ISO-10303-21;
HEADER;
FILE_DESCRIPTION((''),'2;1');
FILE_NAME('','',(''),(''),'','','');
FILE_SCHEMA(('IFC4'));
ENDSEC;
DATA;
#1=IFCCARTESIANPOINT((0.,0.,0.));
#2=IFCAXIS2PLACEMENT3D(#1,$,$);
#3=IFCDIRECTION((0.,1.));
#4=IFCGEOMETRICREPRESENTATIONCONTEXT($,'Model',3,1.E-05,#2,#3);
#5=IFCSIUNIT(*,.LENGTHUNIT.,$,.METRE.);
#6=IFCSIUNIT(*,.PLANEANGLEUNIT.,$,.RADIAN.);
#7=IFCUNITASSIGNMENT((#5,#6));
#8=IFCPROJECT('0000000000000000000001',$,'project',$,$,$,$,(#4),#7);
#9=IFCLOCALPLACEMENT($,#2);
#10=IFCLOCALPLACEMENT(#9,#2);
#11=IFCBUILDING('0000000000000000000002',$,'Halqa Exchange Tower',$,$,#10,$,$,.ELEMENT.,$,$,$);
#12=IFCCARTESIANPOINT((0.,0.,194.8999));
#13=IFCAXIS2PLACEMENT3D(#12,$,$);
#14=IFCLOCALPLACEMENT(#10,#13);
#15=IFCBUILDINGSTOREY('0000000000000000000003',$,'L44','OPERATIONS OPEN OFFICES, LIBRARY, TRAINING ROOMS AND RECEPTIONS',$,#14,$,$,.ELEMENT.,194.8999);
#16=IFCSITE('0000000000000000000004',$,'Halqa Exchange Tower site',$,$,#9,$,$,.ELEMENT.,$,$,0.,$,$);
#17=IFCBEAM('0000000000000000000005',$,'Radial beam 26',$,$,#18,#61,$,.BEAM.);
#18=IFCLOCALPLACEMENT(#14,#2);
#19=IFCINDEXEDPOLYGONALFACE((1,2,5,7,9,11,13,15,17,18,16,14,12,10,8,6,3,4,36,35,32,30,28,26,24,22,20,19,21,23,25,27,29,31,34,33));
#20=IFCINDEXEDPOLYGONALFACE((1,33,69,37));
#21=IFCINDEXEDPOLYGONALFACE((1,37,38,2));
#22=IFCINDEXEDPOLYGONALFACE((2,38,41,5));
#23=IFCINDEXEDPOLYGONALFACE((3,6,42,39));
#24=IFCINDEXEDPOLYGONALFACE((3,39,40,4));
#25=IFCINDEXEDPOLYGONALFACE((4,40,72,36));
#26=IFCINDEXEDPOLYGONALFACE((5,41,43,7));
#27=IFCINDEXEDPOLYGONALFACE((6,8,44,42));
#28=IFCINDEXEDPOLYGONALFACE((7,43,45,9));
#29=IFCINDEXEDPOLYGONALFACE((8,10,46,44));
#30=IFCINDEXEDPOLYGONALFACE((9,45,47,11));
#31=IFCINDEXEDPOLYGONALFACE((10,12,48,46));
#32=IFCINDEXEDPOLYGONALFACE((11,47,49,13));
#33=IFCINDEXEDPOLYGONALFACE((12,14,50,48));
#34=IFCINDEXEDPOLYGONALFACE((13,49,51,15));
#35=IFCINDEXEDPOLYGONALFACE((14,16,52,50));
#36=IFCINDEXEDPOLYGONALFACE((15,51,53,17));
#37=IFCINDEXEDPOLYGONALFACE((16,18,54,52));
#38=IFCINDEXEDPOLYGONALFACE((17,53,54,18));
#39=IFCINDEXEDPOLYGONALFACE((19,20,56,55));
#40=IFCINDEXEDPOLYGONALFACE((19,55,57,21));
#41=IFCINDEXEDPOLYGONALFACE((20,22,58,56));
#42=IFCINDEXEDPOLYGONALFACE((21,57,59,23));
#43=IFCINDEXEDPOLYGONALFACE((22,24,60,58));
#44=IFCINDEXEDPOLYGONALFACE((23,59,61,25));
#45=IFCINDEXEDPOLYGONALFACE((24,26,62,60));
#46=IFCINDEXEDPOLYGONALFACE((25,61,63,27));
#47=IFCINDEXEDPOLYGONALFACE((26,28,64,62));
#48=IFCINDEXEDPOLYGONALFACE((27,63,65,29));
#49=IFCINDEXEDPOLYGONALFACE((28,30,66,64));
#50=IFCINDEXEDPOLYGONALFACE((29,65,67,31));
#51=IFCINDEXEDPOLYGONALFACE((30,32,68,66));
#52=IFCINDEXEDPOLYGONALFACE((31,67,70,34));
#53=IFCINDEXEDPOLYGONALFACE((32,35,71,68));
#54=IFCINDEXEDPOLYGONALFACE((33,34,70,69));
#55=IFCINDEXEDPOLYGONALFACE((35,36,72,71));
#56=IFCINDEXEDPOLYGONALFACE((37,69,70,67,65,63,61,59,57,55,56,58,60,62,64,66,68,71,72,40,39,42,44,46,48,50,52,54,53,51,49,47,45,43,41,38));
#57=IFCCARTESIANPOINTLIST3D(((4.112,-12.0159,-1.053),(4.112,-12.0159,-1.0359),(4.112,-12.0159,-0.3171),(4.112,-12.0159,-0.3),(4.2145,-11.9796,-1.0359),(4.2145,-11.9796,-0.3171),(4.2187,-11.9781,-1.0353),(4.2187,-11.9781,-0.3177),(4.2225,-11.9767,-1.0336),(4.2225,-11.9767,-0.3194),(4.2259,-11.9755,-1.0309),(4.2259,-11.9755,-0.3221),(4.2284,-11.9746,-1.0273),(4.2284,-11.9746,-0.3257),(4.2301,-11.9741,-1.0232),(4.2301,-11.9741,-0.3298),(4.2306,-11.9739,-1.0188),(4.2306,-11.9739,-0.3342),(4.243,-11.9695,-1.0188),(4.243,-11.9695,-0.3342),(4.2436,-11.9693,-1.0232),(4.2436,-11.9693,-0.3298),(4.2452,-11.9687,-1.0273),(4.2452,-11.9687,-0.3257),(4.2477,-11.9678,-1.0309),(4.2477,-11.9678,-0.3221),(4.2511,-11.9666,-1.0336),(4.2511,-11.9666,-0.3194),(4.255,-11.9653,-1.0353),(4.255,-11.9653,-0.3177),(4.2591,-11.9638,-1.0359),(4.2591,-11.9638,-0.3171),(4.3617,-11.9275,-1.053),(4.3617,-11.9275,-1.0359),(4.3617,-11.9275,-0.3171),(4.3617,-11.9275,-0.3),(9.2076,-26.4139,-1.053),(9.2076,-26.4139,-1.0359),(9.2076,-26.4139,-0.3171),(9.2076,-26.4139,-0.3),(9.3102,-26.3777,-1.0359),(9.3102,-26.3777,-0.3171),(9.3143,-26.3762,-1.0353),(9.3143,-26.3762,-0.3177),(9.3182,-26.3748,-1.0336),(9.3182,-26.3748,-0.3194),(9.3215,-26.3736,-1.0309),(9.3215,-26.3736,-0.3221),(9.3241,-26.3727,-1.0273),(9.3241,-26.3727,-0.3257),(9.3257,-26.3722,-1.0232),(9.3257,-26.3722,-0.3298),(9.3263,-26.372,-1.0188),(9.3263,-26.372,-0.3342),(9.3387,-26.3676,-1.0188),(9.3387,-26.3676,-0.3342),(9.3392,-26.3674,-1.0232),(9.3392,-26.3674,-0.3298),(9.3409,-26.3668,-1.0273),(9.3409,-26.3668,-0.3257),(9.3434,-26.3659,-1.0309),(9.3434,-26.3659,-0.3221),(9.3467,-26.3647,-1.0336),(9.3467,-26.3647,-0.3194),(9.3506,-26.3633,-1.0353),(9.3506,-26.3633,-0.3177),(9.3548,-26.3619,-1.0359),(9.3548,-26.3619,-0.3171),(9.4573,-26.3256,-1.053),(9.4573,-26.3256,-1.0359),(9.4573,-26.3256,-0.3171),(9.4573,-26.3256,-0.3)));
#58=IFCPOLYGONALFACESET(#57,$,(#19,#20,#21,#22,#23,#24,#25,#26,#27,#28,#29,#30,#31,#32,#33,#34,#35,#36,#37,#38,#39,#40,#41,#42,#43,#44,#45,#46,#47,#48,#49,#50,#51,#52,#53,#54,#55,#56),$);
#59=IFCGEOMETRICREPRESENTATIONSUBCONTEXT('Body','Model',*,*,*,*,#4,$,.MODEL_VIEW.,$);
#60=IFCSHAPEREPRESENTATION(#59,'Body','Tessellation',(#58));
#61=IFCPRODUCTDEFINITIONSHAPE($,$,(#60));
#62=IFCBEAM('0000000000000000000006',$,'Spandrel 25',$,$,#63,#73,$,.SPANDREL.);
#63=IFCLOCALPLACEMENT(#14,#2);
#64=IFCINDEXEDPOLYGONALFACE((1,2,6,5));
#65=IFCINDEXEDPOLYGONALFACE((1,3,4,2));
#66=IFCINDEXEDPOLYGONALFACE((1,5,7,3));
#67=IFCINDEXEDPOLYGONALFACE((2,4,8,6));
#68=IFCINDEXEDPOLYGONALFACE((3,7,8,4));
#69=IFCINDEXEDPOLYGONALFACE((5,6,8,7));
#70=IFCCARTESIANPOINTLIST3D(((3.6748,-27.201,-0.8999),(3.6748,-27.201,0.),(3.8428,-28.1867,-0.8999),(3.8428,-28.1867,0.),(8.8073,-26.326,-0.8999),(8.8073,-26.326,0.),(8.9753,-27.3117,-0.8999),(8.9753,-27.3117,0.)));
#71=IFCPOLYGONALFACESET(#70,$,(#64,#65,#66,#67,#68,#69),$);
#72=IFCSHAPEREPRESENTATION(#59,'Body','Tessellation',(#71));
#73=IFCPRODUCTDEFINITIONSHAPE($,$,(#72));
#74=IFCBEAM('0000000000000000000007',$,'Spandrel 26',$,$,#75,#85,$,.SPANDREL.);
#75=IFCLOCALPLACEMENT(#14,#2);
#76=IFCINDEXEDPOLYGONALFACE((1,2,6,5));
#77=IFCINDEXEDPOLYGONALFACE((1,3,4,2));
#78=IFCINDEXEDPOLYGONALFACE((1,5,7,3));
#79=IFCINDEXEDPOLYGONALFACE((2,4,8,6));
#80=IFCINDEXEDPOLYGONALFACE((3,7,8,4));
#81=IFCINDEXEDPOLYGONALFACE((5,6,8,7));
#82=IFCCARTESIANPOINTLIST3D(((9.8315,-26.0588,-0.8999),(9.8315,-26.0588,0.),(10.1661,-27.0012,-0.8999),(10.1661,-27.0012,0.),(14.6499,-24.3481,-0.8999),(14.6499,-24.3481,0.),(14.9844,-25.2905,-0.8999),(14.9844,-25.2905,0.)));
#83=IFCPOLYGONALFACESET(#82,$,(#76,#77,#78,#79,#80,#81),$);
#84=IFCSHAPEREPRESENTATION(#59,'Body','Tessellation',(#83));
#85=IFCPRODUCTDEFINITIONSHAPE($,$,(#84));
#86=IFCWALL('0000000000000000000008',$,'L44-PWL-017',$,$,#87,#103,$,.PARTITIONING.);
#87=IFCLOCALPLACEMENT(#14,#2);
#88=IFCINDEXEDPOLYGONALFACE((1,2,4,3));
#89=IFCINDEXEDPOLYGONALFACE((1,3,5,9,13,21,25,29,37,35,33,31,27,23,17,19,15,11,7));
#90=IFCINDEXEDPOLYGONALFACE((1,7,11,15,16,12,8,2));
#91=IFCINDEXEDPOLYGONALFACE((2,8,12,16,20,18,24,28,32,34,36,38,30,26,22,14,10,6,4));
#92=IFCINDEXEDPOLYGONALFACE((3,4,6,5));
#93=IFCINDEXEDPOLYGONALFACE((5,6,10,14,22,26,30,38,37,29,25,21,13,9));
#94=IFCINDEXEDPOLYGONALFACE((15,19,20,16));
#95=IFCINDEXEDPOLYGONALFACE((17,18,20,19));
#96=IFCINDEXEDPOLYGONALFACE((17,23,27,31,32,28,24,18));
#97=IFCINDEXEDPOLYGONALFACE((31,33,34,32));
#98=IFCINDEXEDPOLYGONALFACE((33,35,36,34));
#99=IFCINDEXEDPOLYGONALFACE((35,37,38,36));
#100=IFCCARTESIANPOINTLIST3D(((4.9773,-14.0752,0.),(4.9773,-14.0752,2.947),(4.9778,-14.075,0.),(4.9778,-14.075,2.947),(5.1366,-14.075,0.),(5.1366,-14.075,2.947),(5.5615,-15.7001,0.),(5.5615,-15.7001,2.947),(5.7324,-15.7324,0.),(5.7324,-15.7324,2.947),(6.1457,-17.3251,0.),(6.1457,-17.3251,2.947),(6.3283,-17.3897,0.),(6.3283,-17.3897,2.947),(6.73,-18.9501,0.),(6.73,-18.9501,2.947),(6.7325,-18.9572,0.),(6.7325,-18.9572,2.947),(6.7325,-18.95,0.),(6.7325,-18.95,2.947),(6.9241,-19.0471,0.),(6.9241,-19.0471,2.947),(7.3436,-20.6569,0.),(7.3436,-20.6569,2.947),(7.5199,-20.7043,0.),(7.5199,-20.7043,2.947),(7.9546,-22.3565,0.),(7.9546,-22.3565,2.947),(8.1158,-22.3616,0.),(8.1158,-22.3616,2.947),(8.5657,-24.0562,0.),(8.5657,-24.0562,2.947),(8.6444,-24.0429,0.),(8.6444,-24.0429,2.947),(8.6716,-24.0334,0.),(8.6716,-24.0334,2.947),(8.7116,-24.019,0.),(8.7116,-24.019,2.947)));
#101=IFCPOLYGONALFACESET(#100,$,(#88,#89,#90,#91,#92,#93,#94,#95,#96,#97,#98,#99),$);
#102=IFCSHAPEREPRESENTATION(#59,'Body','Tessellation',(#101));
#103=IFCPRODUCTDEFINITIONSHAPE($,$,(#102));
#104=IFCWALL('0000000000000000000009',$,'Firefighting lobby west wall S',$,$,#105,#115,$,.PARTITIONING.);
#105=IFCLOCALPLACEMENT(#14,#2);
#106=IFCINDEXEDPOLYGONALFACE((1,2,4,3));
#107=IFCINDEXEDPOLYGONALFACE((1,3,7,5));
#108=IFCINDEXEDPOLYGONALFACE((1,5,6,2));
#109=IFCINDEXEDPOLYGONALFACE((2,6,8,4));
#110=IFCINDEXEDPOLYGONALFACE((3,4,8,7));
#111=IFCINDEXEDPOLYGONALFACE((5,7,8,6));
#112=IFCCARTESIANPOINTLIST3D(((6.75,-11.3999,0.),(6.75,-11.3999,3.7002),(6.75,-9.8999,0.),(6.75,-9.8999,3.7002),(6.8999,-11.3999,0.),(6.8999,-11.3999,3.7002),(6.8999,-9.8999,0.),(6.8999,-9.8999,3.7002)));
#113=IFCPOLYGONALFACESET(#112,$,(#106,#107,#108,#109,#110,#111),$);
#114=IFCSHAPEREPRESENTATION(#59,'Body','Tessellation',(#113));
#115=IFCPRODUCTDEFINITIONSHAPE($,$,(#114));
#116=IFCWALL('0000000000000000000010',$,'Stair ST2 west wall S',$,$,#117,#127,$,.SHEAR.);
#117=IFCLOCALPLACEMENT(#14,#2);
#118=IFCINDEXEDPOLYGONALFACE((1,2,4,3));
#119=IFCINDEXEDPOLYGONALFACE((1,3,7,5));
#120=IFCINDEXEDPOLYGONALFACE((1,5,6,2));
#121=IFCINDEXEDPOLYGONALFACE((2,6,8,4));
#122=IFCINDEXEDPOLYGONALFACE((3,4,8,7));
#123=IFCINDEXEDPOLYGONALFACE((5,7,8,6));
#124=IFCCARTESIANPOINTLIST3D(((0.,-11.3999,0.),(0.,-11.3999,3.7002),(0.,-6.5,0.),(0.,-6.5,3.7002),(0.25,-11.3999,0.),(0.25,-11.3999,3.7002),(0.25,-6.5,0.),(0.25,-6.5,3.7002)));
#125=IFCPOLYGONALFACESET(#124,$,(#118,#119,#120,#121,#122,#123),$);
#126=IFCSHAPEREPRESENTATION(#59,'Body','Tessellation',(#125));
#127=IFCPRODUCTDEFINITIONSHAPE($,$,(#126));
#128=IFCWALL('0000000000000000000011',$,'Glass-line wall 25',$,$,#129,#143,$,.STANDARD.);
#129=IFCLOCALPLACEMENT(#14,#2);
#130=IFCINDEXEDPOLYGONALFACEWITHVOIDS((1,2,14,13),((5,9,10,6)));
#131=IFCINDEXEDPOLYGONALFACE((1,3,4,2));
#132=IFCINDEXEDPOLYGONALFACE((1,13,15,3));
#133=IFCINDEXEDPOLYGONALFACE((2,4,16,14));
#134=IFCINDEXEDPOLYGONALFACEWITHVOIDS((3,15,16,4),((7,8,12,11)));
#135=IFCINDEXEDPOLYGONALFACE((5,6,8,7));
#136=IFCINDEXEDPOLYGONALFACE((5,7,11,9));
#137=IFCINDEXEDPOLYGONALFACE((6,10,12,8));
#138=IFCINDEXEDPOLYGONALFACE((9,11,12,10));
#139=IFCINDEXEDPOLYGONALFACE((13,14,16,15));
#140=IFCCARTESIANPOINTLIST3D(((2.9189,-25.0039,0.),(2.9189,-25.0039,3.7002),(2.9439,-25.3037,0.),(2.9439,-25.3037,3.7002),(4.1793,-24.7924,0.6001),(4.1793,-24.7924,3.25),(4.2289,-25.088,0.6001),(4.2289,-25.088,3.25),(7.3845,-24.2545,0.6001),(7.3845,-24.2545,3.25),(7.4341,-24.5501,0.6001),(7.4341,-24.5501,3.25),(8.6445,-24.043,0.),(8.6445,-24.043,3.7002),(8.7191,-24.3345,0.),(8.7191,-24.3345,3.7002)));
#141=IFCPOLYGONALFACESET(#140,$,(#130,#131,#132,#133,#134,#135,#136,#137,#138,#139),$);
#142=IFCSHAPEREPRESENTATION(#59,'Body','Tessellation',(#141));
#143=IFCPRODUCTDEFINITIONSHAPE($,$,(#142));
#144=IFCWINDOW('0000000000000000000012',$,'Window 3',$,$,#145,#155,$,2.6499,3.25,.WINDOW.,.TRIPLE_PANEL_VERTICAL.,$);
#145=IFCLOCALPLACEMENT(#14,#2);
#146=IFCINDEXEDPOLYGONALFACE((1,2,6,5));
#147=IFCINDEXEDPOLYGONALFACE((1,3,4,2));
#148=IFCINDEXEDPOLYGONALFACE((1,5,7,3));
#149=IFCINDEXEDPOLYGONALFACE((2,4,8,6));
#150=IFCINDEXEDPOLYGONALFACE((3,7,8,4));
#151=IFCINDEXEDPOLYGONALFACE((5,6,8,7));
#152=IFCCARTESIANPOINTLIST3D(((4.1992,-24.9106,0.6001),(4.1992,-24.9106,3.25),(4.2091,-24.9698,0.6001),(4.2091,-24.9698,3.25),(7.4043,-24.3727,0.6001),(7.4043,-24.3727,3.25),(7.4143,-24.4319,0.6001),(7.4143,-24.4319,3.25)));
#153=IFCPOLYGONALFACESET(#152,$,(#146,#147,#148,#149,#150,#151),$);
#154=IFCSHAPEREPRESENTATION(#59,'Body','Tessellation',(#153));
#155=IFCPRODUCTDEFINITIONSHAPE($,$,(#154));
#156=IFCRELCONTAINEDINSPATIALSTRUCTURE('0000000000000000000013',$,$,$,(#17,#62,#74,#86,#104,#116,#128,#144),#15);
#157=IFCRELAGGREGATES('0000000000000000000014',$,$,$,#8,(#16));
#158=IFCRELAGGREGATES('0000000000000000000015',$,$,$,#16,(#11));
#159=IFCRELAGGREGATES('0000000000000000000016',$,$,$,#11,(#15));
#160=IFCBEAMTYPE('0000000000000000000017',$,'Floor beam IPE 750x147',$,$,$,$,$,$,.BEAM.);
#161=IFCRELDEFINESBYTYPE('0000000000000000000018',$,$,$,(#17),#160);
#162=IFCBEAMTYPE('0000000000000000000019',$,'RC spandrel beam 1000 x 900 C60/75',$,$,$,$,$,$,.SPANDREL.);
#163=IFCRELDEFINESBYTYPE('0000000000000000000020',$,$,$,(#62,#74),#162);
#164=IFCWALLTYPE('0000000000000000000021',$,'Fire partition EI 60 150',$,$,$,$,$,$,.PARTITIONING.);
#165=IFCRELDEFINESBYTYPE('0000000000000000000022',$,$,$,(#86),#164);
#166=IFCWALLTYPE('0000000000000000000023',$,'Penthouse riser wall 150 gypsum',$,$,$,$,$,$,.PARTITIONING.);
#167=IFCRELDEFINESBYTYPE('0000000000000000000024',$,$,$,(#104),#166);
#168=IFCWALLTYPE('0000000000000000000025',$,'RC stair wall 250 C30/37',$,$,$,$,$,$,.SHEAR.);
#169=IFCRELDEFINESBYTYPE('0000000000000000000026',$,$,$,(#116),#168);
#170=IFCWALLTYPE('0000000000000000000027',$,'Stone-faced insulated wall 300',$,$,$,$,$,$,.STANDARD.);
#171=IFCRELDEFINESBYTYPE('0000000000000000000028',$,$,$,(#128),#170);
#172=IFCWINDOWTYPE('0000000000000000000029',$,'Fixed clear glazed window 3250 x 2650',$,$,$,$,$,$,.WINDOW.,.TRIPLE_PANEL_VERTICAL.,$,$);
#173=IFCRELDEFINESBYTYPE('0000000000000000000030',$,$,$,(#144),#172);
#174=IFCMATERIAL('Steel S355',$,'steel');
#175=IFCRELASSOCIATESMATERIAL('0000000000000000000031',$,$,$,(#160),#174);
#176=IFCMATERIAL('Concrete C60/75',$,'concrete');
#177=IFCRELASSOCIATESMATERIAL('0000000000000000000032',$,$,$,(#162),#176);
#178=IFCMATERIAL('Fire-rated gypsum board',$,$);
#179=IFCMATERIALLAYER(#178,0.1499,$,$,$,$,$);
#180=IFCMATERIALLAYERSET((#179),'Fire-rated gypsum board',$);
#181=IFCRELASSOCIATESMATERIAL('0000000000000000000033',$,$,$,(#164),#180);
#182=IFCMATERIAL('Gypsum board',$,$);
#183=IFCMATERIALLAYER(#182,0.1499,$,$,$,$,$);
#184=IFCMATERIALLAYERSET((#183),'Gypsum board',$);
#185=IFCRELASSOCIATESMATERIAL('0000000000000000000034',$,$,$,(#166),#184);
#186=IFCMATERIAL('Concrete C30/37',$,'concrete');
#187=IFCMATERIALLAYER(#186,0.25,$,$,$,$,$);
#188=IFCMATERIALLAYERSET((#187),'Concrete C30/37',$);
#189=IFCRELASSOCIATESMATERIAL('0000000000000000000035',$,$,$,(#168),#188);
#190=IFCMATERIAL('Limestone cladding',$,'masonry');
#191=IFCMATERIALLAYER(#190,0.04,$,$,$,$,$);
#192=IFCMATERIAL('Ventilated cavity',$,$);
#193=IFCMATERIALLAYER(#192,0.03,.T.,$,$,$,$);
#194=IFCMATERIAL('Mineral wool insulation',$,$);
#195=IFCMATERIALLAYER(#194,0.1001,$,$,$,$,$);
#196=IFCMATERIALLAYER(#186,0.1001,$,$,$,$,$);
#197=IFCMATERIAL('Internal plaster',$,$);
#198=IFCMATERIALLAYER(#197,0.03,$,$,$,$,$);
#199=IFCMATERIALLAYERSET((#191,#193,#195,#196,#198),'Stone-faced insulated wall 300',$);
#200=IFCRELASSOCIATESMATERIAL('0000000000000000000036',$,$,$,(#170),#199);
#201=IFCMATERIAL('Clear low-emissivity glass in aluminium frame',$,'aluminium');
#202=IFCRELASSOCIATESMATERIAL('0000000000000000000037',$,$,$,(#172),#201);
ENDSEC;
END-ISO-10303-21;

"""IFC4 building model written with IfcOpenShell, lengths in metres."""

from ifc_helpers import new_model, si_unit, direction, frame, frame_2d, origin, origin_2d, place, context, subcontext, project, spatial, polyline, rectangle, i_section, outline, extrude, material, layer, layer_set, material_profile, profile_set, type_object, element, fill, save


model = new_model("IFC4")

# Units and contexts
model_context = context("Model", 3, precision=1e-05, world=origin(), true_north=direction((0.0, 1.0)))
body_context = subcontext(model_context, "Body", "Model", "MODEL_VIEW")
ifc_project = project(units=[si_unit("LENGTHUNIT", "METRE"), si_unit("PLANEANGLEUNIT", "RADIAN")], contexts=[model_context])

# Site, building, storey
site_placement = place(None, origin())
site = spatial("IfcSite", under=ifc_project, at=site_placement, Name="Halqa Exchange Tower site", CompositionType="ELEMENT", RefElevation=0.0)
building_placement = place(site_placement, origin())
building = spatial("IfcBuilding", under=site, at=building_placement, Name="Halqa Exchange Tower", CompositionType="ELEMENT")
storey_placement = place(building_placement, frame((0.0, 0.0, 194.8999)))
storey = spatial("IfcBuildingStorey", under=building, at=storey_placement, Name="L44", Description="OPERATIONS OPEN OFFICES, LIBRARY, TRAINING ROOMS AND RECEPTIONS", CompositionType="ELEMENT", Elevation=194.8999)

# Shared definitions
ifc_material_1 = material(Name="Concrete C60/75", Category="concrete")

# Beams
ifc_material_2 = material(Name="Steel S355", Category="steel")
ifc_material_profile_1 = material_profile(ifc_material_2, i_section(OverallWidth=0.2649, OverallDepth=0.7529, WebThickness=0.0132, FlangeThickness=0.0171, FilletRadius=0.0171, at=origin_2d()), Name="IPE 750x147")
ifc_profile_set_1 = profile_set([ifc_material_profile_1], Name="Steel S355")
beam_type_1 = type_object("IfcBeamType", Name="Floor beam IPE 750x147", PredefinedType="BEAM", material=ifc_profile_set_1)
beam_1_placement = place(storey_placement, frame((4.2368, -11.9717, -0.6765), z_axis=(0.333634, -0.942703, 0.0), x_axis=(0.942703, 0.333634, 0.0)))
element("IfcBeam", 1, at=beam_1_placement, inside=storey, type_object=beam_type_1, Name="Radial beam 26", PredefinedType="BEAM", context=body_context, shape_type="SweptSolid", body=[
    extrude(i_section(OverallWidth=0.2649, OverallDepth=0.7529, WebThickness=0.0132, FlangeThickness=0.0171, FilletRadius=0.0171, at=origin_2d()), origin(), (0.0, 0.0, 1.0), 15.2732),
])
ifc_material_profile_2 = material_profile(ifc_material_1, rectangle(XDim=1.0, YDim=0.8999, at=origin_2d()), Name="1000 x 900")
ifc_profile_set_2 = profile_set([ifc_material_profile_2], Name="Concrete C60/75")
beam_type_2 = type_object("IfcBeamType", Name="RC spandrel beam 1000 x 900 C60/75", PredefinedType="SPANDREL", material=ifc_profile_set_2)
beam_2_placement = place(storey_placement, frame((3.7588, -27.6938, -0.45), z_axis=(0.985778, 0.168055, 0.0), x_axis=(-0.168055, 0.985778, 0.0)))
element("IfcBeam", 2, at=beam_2_placement, inside=storey, type_object=beam_type_2, Name="Spandrel 25", PredefinedType="SPANDREL", context=body_context, shape_type="SweptSolid", body=[
    extrude(rectangle(XDim=1.0, YDim=0.8999, at=origin_2d()), origin(), (0.0, 0.0, 1.0), 5.2065),
])
beam_3_placement = place(storey_placement, frame((9.9988, -26.53, -0.45), z_axis=(0.942369, 0.334575, 0.0), x_axis=(-0.334575, 0.942369, 0.0)))
element("IfcBeam", 3, at=beam_3_placement, inside=storey, type_object=beam_type_2, Name="Spandrel 26", PredefinedType="SPANDREL", context=body_context, shape_type="SweptSolid", body=[
    extrude(rectangle(XDim=1.0, YDim=0.8999, at=origin_2d()), origin(), (0.0, 0.0, 1.0), 5.113),
])

# Wall
ifc_material_3 = material(Name="Fire-rated gypsum board")
ifc_layer_1 = layer(ifc_material_3, 0.1499)
ifc_layer_set_1 = layer_set([ifc_layer_1], Name="Fire-rated gypsum board")
wall_type_1 = type_object("IfcWallType", Name="Fire partition EI 60 150", PredefinedType="PARTITIONING", material=ifc_layer_set_1)
wall_1_placement = place(storey_placement, frame((5.0479, -14.0498, 0.0), z_axis=(0.0, 0.0, 1.0), x_axis=(0.338319, -0.941031, 0.0)))
element("IfcWall", 4, at=wall_1_placement, inside=storey, type_object=wall_type_1, Name="L44-PWL-017", PredefinedType="PARTITIONING", context=body_context, shape_type="SweptSolid", body=[
    extrude(outline(polyline([(0.0, -0.075), (1.7268, -0.075), (3.4536, -0.075), (5.1804, -0.075), (5.1812, -0.0725), (5.188, -0.075), (6.9941, -0.075), (8.8003, -0.075), (10.6064, -0.075), (10.6206, 0.0037), (10.6208, 0.0325), (10.6208, 0.075), (8.8596, 0.075), (7.0984, 0.075), (5.3374, 0.075), (3.5762, 0.075), (1.8149, 0.075), (0.0537, 0.075), (0.0, -0.0745), (0.0, -0.075)])), origin(), (0.0, 0.0, 1.0), 2.947),
])

# Shared definitions
ifc_material_4 = material(Name="Gypsum board")

# Walls
ifc_layer_2 = layer(ifc_material_4, 0.1499)
ifc_layer_set_2 = layer_set([ifc_layer_2], Name="Gypsum board")
wall_type_2 = type_object("IfcWallType", Name="Penthouse riser wall 150 gypsum", PredefinedType="PARTITIONING", material=ifc_layer_set_2)
wall_2_placement = place(storey_placement, frame((6.825, -11.3999, 0.0), z_axis=(0.0, 0.0, 1.0), x_axis=(0.0, 1.0, 0.0)))
element("IfcWall", 5, at=wall_2_placement, inside=storey, type_object=wall_type_2, Name="Firefighting lobby west wall S", PredefinedType="PARTITIONING", context=body_context, shape_type="SweptSolid", body=[
    extrude(rectangle(XDim=1.5, YDim=0.1499, at=frame_2d((0.75, 0.0))), origin(), (0.0, 0.0, 1.0), 3.7002),
])
ifc_material_5 = material(Name="Concrete C30/37", Category="concrete")
ifc_layer_3 = layer(ifc_material_5, 0.25)
ifc_layer_set_3 = layer_set([ifc_layer_3], Name="Concrete C30/37")
wall_type_3 = type_object("IfcWallType", Name="RC stair wall 250 C30/37", PredefinedType="SHEAR", material=ifc_layer_set_3)
wall_3_placement = place(storey_placement, frame((0.125, -11.3999, 0.0), z_axis=(0.0, 0.0, 1.0), x_axis=(0.0, 1.0, 0.0)))
element("IfcWall", 6, at=wall_3_placement, inside=storey, type_object=wall_type_3, Name="Stair ST2 west wall S", PredefinedType="SHEAR", context=body_context, shape_type="SweptSolid", body=[
    extrude(rectangle(XDim=4.8999, YDim=0.25, at=frame_2d((2.45, 0.0))), origin(), (0.0, 0.0, 1.0), 3.7002),
])

# Wall, opening, window
ifc_material_6 = material(Name="Limestone cladding", Category="masonry")
ifc_layer_4 = layer(ifc_material_6, 0.04)
ifc_material_7 = material(Name="Ventilated cavity")
ifc_layer_5 = layer(ifc_material_7, 0.03, ventilated=True)
ifc_material_8 = material(Name="Mineral wool insulation")
ifc_layer_6 = layer(ifc_material_8, 0.1001)
ifc_layer_7 = layer(ifc_material_5, 0.1001)
ifc_material_9 = material(Name="Internal plaster")
ifc_layer_8 = layer(ifc_material_9, 0.03)
ifc_layer_set_4 = layer_set([ifc_layer_4, ifc_layer_5, ifc_layer_6, ifc_layer_7, ifc_layer_8], Name="Stone-faced insulated wall 300")
wall_type_4 = type_object("IfcWallType", Name="Stone-faced insulated wall 300", PredefinedType="STANDARD", material=ifc_layer_set_4)
wall_4_placement = place(storey_placement, frame((2.9314, -25.1538, 0.0), z_axis=(0.0, 0.0, 1.0), x_axis=(0.986208, 0.165512, 0.0)))
wall_4 = element("IfcWall", 7, at=wall_4_placement, inside=storey, type_object=wall_type_4, Name="Glass-line wall 25", PredefinedType="STANDARD", context=body_context, shape_type="SweptSolid", body=[
    extrude(outline(polyline([(-0.0125, -0.1499), (5.8435, -0.1499), (5.8181, 0.1499), (0.0125, 0.1499), (-0.0125, -0.1499)])), origin(), (0.0, 0.0, 1.0), 3.7002),
])
opening_1_placement = place(wall_4_placement, frame((1.2905, 0.0, 0.6001)))
opening_1 = element("IfcOpeningElement", 8, at=opening_1_placement, cuts=wall_4, PredefinedType="OPENING", context=body_context, shape_type="SweptSolid", body=[
    extrude(rectangle(XDim=3.25, YDim=2.6499, at=frame_2d((1.625, 1.325))), frame((0.0, 0.1621, 0.0), z_axis=(0.0, -1.0, 0.0), x_axis=(1.0, 0.0, 0.0)), (0.0, 0.0, 1.0), 0.324),
])
ifc_material_10 = material(Name="Clear low-emissivity glass in aluminium frame", Category="aluminium")
window_type = type_object("IfcWindowType", Name="Fixed clear glazed window 3250 x 2650", PartitioningType="TRIPLE_PANEL_VERTICAL", PredefinedType="WINDOW", material=ifc_material_10)
window_1_placement = place(opening_1_placement, origin())
window_1 = element("IfcWindow", 9, at=window_1_placement, inside=storey, type_object=window_type, Name="Window 3", OverallHeight=2.6499, OverallWidth=3.25, PartitioningType="TRIPLE_PANEL_VERTICAL", PredefinedType="WINDOW", context=body_context, shape_type="SweptSolid", body=[
    extrude(rectangle(XDim=3.25, YDim=2.6499, at=frame_2d((1.625, 1.325))), frame((0.0, 0.03, 0.0), z_axis=(0.0, -1.0, 0.0), x_axis=(1.0, 0.0, 0.0)), (0.0, 0.0, 1.0), 0.0601),
])
fill(opening_1, window_1)

save(model, "model.ifc")
